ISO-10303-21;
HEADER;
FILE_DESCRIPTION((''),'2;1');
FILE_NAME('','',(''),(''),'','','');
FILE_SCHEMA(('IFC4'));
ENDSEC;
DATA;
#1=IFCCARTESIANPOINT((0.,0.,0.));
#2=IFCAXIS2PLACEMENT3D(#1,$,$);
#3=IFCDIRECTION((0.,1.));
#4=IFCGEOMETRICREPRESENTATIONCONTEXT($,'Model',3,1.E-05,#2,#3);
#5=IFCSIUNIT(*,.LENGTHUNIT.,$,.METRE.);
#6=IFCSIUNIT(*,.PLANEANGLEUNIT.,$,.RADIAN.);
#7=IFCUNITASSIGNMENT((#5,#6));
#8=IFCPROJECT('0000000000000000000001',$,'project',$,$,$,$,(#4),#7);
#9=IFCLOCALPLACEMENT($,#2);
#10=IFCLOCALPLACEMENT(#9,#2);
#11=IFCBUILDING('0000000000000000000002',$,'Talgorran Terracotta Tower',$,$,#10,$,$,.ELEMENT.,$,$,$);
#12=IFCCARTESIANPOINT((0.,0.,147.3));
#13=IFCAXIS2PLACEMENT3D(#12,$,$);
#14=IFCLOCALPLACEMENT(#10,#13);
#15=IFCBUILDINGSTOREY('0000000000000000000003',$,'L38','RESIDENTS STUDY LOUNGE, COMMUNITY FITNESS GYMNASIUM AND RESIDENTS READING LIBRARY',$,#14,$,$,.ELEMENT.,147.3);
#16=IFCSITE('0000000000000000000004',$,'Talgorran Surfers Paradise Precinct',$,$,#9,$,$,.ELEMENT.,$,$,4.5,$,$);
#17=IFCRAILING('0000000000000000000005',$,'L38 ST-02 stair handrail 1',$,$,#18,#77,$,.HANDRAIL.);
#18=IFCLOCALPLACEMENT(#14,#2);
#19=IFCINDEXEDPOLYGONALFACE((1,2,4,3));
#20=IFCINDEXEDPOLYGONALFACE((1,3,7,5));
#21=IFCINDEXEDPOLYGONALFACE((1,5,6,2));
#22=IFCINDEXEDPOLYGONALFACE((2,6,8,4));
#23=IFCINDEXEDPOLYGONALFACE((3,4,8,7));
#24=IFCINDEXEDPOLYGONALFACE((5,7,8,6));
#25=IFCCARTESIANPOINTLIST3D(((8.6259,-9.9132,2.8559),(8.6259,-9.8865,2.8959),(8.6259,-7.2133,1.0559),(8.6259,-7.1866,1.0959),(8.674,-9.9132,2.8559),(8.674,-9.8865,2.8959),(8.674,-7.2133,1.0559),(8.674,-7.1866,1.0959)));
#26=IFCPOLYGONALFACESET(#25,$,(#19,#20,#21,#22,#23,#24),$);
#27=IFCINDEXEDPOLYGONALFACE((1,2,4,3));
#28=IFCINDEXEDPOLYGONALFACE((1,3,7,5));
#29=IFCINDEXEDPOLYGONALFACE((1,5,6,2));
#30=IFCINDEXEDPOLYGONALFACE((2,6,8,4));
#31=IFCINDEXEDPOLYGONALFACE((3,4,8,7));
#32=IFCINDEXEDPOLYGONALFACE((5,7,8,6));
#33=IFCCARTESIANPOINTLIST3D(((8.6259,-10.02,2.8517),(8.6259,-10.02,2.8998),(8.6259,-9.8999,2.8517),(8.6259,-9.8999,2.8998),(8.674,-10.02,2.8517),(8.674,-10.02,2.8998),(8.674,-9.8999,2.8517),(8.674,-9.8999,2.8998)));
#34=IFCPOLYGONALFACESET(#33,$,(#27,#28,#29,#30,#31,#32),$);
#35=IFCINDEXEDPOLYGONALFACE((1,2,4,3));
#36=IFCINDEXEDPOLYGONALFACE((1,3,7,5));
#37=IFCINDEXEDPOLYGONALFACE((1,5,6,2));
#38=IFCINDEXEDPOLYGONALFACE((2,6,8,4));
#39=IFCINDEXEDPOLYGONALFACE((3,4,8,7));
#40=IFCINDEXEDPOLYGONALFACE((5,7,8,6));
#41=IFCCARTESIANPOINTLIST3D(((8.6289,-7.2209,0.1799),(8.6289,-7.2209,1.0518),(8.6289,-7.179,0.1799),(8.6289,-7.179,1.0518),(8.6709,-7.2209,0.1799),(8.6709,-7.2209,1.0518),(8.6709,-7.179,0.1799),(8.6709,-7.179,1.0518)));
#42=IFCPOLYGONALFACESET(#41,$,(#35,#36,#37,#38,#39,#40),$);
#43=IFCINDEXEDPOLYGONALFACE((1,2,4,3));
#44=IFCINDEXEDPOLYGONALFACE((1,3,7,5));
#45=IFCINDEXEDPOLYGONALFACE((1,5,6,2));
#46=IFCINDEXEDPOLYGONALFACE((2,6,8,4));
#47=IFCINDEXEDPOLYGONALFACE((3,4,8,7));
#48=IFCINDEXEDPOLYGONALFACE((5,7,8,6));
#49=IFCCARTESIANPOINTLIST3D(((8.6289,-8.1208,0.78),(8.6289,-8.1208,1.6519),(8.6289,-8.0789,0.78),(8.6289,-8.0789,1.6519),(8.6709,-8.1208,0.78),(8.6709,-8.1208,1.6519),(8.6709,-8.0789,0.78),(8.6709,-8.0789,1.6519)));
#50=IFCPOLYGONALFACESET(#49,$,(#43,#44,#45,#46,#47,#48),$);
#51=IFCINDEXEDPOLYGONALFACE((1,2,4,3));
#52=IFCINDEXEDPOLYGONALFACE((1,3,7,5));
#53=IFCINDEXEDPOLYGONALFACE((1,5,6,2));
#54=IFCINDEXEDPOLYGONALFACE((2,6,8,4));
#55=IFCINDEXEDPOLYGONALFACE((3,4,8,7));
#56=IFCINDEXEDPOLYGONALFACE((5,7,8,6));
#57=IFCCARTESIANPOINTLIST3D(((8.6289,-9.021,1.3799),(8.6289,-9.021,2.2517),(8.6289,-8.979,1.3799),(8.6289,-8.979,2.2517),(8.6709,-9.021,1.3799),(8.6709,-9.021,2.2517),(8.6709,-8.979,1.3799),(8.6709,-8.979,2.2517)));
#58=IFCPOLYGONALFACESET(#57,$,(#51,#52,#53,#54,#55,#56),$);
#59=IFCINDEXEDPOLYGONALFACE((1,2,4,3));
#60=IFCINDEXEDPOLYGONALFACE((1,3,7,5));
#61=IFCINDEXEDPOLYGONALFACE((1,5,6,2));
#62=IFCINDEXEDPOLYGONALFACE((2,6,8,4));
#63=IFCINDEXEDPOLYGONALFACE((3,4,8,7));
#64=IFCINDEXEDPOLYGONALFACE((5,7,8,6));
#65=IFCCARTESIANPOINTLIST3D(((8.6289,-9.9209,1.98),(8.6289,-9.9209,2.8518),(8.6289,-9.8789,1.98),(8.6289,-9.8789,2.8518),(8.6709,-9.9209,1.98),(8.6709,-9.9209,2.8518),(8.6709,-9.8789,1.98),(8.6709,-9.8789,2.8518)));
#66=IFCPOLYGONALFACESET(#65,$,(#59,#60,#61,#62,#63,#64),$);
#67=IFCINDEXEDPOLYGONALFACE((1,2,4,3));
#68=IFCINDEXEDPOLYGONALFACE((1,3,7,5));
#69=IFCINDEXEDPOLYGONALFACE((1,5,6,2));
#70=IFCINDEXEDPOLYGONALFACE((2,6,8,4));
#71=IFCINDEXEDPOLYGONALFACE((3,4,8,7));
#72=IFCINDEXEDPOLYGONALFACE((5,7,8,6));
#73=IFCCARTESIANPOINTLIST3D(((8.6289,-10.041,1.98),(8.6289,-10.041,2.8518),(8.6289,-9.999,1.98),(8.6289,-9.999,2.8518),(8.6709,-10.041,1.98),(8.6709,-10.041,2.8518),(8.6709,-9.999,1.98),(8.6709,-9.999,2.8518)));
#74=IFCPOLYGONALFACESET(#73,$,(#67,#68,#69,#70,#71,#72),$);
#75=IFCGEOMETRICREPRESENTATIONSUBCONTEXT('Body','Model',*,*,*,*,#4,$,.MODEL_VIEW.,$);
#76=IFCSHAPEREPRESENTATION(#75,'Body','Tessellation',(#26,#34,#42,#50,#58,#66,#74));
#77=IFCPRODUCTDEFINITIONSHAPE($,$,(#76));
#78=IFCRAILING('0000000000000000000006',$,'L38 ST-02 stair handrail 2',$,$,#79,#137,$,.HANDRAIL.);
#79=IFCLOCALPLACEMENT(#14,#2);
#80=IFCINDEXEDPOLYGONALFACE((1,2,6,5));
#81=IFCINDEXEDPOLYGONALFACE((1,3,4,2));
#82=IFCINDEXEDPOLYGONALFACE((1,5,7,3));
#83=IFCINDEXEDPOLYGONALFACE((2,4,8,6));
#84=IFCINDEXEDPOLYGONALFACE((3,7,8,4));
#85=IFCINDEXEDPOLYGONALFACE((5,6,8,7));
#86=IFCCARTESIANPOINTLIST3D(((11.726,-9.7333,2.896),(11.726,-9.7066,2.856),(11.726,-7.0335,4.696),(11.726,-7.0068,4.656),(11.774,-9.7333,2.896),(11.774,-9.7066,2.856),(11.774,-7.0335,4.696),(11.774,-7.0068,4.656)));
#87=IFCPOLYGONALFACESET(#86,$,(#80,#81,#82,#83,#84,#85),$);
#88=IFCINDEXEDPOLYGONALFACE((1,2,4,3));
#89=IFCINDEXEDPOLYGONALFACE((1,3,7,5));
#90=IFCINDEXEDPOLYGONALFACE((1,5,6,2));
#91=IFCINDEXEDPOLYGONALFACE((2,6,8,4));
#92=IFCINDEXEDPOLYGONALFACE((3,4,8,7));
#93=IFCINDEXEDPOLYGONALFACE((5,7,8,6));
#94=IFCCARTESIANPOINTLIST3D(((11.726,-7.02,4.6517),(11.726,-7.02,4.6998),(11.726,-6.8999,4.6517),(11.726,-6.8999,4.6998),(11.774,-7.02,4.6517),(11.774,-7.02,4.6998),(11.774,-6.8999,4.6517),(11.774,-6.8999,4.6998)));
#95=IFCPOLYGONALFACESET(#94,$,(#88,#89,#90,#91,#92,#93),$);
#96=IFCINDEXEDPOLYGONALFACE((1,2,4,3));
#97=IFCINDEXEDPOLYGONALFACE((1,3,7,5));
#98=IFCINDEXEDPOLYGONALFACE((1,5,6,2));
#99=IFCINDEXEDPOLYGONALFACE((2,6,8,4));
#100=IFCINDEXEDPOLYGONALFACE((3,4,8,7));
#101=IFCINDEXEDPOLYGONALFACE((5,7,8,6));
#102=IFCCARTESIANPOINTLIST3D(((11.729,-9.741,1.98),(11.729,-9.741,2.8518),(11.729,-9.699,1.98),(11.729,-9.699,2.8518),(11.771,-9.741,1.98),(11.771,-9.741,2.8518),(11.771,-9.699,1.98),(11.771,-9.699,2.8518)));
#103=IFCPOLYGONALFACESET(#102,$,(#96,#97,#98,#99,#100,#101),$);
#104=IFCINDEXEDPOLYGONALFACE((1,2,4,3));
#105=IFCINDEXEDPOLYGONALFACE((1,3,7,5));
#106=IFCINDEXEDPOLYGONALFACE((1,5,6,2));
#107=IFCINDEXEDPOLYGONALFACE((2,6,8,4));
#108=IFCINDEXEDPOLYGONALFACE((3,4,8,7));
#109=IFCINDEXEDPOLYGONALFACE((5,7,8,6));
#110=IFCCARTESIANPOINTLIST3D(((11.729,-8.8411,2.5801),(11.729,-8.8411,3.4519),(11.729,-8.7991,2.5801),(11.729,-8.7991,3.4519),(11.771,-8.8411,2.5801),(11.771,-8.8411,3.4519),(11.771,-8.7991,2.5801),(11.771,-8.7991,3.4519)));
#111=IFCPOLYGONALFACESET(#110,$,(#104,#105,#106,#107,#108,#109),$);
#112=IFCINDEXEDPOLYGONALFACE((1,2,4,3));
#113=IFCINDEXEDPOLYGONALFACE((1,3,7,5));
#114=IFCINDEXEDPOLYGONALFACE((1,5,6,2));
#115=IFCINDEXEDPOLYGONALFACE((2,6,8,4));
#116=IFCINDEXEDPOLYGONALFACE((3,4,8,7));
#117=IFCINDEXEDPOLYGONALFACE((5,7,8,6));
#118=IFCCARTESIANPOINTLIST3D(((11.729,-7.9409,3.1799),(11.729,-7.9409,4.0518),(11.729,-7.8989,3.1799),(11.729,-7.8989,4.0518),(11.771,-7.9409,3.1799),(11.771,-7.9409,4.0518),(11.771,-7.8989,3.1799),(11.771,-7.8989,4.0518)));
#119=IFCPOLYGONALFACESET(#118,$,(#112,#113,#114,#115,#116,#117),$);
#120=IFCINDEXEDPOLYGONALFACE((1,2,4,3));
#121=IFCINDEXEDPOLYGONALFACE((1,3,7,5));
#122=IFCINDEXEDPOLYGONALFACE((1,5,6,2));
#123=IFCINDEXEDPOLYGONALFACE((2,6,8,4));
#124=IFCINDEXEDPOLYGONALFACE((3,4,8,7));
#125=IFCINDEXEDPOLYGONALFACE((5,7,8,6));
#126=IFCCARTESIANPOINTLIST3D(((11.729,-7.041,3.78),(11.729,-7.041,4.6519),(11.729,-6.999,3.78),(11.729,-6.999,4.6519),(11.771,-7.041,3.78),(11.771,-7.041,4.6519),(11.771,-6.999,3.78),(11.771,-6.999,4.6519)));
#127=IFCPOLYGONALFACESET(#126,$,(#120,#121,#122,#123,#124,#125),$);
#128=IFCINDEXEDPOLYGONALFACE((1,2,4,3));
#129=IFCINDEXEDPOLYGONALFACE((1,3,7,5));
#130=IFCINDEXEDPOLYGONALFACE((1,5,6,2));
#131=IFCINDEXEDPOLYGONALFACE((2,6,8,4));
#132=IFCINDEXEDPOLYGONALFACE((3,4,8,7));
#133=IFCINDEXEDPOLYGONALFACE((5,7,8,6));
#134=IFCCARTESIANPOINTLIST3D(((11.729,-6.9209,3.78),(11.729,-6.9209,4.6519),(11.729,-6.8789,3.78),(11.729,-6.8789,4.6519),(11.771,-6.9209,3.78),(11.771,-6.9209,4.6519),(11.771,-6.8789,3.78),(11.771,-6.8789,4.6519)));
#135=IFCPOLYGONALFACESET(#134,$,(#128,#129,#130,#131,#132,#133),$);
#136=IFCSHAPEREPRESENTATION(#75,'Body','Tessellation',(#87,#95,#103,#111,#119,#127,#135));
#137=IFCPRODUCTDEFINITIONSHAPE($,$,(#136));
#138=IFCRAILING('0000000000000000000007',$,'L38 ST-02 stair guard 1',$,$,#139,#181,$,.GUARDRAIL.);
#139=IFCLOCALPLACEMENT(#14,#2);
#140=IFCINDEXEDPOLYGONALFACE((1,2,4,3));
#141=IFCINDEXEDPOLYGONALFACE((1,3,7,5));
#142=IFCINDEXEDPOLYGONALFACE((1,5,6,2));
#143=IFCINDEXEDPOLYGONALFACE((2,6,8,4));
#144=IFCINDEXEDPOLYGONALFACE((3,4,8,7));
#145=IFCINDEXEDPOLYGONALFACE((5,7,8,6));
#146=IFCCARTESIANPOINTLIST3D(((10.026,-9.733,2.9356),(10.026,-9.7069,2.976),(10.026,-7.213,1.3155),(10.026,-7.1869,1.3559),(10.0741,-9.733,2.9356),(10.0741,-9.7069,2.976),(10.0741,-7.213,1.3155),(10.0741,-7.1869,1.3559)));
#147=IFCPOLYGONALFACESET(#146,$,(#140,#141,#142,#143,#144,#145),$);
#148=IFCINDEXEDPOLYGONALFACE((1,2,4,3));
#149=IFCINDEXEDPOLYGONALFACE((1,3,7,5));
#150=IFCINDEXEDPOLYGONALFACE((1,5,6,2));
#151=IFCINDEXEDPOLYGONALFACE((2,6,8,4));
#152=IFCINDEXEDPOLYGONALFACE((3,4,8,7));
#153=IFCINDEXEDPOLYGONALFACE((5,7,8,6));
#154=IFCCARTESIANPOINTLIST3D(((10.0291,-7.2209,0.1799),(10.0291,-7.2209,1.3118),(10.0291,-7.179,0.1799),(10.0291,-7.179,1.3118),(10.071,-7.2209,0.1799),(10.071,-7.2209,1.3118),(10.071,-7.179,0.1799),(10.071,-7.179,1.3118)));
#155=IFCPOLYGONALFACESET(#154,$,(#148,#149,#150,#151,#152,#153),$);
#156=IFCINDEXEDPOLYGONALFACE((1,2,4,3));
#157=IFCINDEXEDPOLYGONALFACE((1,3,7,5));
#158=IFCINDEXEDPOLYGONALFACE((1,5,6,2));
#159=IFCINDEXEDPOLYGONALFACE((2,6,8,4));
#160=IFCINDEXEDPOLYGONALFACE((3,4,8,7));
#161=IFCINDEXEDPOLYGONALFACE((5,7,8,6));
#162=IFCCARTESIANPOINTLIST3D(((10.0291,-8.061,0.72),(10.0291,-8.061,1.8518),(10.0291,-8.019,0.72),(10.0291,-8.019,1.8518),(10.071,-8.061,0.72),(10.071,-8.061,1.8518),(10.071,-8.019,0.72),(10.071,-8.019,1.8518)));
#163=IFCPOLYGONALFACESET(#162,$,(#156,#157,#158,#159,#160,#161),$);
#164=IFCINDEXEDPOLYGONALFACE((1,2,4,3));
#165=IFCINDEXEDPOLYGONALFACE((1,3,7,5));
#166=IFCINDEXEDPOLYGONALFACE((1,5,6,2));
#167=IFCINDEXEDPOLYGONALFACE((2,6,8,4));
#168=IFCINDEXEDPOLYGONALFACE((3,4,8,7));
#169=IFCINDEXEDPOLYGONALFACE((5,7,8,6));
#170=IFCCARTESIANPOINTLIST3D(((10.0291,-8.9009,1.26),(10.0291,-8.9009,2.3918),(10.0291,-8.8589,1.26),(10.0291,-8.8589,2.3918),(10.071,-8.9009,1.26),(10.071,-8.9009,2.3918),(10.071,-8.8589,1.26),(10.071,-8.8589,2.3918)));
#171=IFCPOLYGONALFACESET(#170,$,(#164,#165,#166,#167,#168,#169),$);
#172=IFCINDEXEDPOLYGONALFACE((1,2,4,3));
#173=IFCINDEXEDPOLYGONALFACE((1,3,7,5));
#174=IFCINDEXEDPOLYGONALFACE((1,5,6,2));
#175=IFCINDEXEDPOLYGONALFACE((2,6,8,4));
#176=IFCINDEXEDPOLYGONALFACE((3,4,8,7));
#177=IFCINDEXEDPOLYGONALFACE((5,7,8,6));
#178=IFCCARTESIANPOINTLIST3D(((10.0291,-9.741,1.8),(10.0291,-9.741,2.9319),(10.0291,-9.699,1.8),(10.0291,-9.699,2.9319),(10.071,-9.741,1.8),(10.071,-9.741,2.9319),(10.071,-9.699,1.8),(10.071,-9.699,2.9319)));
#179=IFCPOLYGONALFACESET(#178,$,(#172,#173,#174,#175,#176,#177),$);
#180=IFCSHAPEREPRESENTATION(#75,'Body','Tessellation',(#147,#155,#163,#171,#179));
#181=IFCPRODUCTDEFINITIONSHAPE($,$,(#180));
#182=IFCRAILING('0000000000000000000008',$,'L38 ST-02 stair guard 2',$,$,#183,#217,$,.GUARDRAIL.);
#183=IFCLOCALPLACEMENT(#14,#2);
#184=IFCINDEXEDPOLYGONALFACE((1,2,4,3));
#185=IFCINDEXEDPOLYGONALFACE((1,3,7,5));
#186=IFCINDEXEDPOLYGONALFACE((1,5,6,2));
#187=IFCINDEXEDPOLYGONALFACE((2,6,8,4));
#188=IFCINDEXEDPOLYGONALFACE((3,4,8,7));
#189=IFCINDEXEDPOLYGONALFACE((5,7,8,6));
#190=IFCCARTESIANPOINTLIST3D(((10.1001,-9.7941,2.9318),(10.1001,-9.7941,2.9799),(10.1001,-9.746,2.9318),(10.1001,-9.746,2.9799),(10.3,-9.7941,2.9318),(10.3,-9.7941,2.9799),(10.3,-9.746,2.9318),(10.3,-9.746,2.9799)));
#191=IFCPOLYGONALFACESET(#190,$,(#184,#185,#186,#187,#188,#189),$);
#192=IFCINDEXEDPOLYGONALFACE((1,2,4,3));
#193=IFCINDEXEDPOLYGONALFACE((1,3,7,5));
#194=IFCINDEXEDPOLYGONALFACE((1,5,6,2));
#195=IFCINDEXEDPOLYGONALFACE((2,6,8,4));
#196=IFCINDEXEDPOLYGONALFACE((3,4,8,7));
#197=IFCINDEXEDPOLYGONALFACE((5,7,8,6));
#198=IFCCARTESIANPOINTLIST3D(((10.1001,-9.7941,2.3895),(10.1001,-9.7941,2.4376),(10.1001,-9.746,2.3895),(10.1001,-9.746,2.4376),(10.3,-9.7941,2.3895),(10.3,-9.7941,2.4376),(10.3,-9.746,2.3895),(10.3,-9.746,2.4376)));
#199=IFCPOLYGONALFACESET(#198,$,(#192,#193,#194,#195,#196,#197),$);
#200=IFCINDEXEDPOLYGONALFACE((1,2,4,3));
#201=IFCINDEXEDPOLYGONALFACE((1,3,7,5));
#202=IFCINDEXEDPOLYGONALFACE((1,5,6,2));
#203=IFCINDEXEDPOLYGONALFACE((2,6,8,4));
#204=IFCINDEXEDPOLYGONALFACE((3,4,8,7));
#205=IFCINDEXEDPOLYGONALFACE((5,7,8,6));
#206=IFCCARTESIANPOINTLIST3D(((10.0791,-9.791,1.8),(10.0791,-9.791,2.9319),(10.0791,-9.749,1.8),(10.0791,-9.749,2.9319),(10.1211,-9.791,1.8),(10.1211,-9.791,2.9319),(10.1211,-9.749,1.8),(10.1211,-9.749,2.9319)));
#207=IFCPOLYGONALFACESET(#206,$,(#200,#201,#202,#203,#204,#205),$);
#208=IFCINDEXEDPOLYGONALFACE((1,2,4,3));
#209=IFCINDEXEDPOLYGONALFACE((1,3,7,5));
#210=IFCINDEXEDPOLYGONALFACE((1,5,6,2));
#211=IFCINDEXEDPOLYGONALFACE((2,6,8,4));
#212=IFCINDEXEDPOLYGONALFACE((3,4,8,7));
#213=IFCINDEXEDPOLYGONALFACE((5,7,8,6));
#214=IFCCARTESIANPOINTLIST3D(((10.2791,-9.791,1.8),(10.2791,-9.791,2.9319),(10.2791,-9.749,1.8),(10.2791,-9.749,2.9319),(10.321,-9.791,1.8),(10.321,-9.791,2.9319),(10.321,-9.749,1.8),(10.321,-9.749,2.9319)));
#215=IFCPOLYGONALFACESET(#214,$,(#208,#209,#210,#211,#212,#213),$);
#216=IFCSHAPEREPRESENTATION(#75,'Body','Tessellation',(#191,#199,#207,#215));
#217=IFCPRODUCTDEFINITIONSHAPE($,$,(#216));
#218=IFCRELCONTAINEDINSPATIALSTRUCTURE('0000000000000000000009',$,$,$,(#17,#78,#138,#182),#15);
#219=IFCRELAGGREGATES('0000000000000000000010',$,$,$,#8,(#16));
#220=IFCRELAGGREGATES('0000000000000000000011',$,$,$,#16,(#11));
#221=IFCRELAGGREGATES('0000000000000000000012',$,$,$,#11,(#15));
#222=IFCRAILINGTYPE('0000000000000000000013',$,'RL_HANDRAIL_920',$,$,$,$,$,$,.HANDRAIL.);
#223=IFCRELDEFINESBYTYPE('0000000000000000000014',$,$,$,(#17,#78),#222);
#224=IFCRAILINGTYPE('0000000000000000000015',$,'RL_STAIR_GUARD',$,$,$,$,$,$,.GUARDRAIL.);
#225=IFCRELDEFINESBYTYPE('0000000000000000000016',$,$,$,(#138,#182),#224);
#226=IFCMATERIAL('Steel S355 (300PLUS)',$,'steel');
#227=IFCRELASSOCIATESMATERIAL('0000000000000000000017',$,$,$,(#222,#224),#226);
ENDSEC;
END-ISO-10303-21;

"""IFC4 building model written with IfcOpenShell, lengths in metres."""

from ifc_helpers import new_model, si_unit, direction, frame, origin, origin_2d, place, context, subcontext, project, spatial, rectangle, extrude, material, type_object, element, save


model = new_model("IFC4")

# Units and contexts
model_context = context("Model", 3, precision=1e-05, world=origin(), true_north=direction((0.0, 1.0)))
body_context = subcontext(model_context, "Body", "Model", "MODEL_VIEW")
ifc_project = project(units=[si_unit("LENGTHUNIT", "METRE"), si_unit("PLANEANGLEUNIT", "RADIAN")], contexts=[model_context])

# Site, building, storey
site_placement = place(None, origin())
site = spatial("IfcSite", under=ifc_project, at=site_placement, Name="Talgorran Surfers Paradise Precinct", CompositionType="ELEMENT", RefElevation=4.5)
building_placement = place(site_placement, origin())
building = spatial("IfcBuilding", under=site, at=building_placement, Name="Talgorran Terracotta Tower", CompositionType="ELEMENT")
storey_placement = place(building_placement, frame((0.0, 0.0, 147.3)))
storey = spatial("IfcBuildingStorey", under=building, at=storey_placement, Name="L38", Description="RESIDENTS STUDY LOUNGE, COMMUNITY FITNESS GYMNASIUM AND RESIDENTS READING LIBRARY", CompositionType="ELEMENT", Elevation=147.3)

# Shared definitions
ifc_material_1 = material(Name="Steel S355 (300PLUS)", Category="steel")

# Railings
railing_type_1 = type_object("IfcRailingType", Name="RL_HANDRAIL_920", PredefinedType="HANDRAIL", material=ifc_material_1)
railing_1_placement = place(storey_placement, frame((8.6499, -7.2, 0.1799)))
element("IfcRailing", 1, at=railing_1_placement, inside=storey, type_object=railing_type_1, Name="L38 ST-02 stair handrail 1", PredefinedType="HANDRAIL", context=body_context, shape_type="SweptSolid", body=[
    extrude(rectangle(XDim=0.0481, YDim=0.0481, at=origin_2d()), frame((0.0, 0.0, 0.896), z_axis=(0.0, -0.832039, 0.554718), x_axis=(1.0, 0.0, 0.0)), (0.0, 0.0, 1.0), 3.2449),
    extrude(rectangle(XDim=0.0481, YDim=0.0481, at=origin_2d()), frame((0.0, -2.7, 2.6958), z_axis=(0.0, -1.0, 0.0), x_axis=(1.0, 0.0, 0.0)), (0.0, 0.0, 1.0), 0.1201),
    extrude(rectangle(XDim=0.042, YDim=0.042, at=origin_2d()), origin(), (0.0, 0.0, 1.0), 0.8718),
    extrude(rectangle(XDim=0.042, YDim=0.042, at=origin_2d()), frame((0.0, -0.8999, 0.6001)), (0.0, 0.0, 1.0), 0.8718),
    extrude(rectangle(XDim=0.042, YDim=0.042, at=origin_2d()), frame((0.0, -1.8, 1.2)), (0.0, 0.0, 1.0), 0.8718),
    extrude(rectangle(XDim=0.042, YDim=0.042, at=origin_2d()), frame((0.0, -2.7, 1.8)), (0.0, 0.0, 1.0), 0.8718),
    extrude(rectangle(XDim=0.042, YDim=0.042, at=origin_2d()), frame((0.0, -2.8201, 1.8)), (0.0, 0.0, 1.0), 0.8718),
])
railing_2_placement = place(storey_placement, frame((11.75, -9.72, 1.98)))
element("IfcRailing", 2, at=railing_2_placement, inside=storey, type_object=railing_type_1, Name="L38 ST-02 stair handrail 2", PredefinedType="HANDRAIL", context=body_context, shape_type="SweptSolid", body=[
    extrude(rectangle(XDim=0.0481, YDim=0.0481, at=origin_2d()), frame((0.0, 0.0, 0.896), z_axis=(0.0, 0.832039, 0.554718), x_axis=(-1.0, 0.0, 0.0)), (0.0, 0.0, 1.0), 3.2449),
    extrude(rectangle(XDim=0.0481, YDim=0.0481, at=origin_2d()), frame((0.0, 2.7, 2.6958), z_axis=(0.0, 1.0, 0.0), x_axis=(-1.0, 0.0, 0.0)), (0.0, 0.0, 1.0), 0.1201),
    extrude(rectangle(XDim=0.042, YDim=0.042, at=origin_2d()), origin(), (0.0, 0.0, 1.0), 0.8718),
    extrude(rectangle(XDim=0.042, YDim=0.042, at=origin_2d()), frame((0.0, 0.8999, 0.6001)), (0.0, 0.0, 1.0), 0.8718),
    extrude(rectangle(XDim=0.042, YDim=0.042, at=origin_2d()), frame((0.0, 1.8, 1.2)), (0.0, 0.0, 1.0), 0.8718),
    extrude(rectangle(XDim=0.042, YDim=0.042, at=origin_2d()), frame((0.0, 2.7, 1.8)), (0.0, 0.0, 1.0), 0.8718),
    extrude(rectangle(XDim=0.042, YDim=0.042, at=origin_2d()), frame((0.0, 2.8201, 1.8)), (0.0, 0.0, 1.0), 0.8718),
])
railing_type_2 = type_object("IfcRailingType", Name="RL_STAIR_GUARD", PredefinedType="GUARDRAIL", material=ifc_material_1)
railing_3_placement = place(storey_placement, frame((10.05, -7.2, 0.1799)))
element("IfcRailing", 3, at=railing_3_placement, inside=storey, type_object=railing_type_2, Name="L38 ST-02 stair guard 1", PredefinedType="GUARDRAIL", context=body_context, shape_type="SweptSolid", body=[
    extrude(rectangle(XDim=0.0481, YDim=0.0481, at=origin_2d()), frame((0.0, 0.0, 1.1558), z_axis=(0.0, -0.841163, 0.540782), x_axis=(1.0, 0.0, 0.0)), (0.0, 0.0, 1.0), 2.9958),
    extrude(rectangle(XDim=0.042, YDim=0.042, at=origin_2d()), origin(), (0.0, 0.0, 1.0), 1.1318),
    extrude(rectangle(XDim=0.042, YDim=0.042, at=origin_2d()), frame((0.0, -0.8401, 0.54)), (0.0, 0.0, 1.0), 1.1318),
    extrude(rectangle(XDim=0.042, YDim=0.042, at=origin_2d()), frame((0.0, -1.6799, 1.0801)), (0.0, 0.0, 1.0), 1.1318),
    extrude(rectangle(XDim=0.042, YDim=0.042, at=origin_2d()), frame((0.0, -2.52, 1.6201)), (0.0, 0.0, 1.0), 1.1318),
])
railing_4_placement = place(storey_placement, frame((10.1001, -9.77, 1.8)))
element("IfcRailing", 4, at=railing_4_placement, inside=storey, type_object=railing_type_2, Name="L38 ST-02 stair guard 2", PredefinedType="GUARDRAIL", context=body_context, shape_type="SweptSolid", body=[
    extrude(rectangle(XDim=0.0481, YDim=0.0481, at=origin_2d()), frame((0.0, 0.0, 1.1558), z_axis=(1.0, 0.0, 0.0), x_axis=(0.0, 1.0, 0.0)), (0.0, 0.0, 1.0), 0.2),
    extrude(rectangle(XDim=0.0481, YDim=0.0481, at=origin_2d()), frame((0.0, 0.0, 0.6135), z_axis=(1.0, 0.0, 0.0), x_axis=(0.0, 1.0, 0.0)), (0.0, 0.0, 1.0), 0.2),
    extrude(rectangle(XDim=0.042, YDim=0.042, at=origin_2d()), origin(), (0.0, 0.0, 1.0), 1.1318),
    extrude(rectangle(XDim=0.042, YDim=0.042, at=origin_2d()), frame((0.2, 0.0, 0.0)), (0.0, 0.0, 1.0), 1.1318),
])

save(model, "model.ifc")
